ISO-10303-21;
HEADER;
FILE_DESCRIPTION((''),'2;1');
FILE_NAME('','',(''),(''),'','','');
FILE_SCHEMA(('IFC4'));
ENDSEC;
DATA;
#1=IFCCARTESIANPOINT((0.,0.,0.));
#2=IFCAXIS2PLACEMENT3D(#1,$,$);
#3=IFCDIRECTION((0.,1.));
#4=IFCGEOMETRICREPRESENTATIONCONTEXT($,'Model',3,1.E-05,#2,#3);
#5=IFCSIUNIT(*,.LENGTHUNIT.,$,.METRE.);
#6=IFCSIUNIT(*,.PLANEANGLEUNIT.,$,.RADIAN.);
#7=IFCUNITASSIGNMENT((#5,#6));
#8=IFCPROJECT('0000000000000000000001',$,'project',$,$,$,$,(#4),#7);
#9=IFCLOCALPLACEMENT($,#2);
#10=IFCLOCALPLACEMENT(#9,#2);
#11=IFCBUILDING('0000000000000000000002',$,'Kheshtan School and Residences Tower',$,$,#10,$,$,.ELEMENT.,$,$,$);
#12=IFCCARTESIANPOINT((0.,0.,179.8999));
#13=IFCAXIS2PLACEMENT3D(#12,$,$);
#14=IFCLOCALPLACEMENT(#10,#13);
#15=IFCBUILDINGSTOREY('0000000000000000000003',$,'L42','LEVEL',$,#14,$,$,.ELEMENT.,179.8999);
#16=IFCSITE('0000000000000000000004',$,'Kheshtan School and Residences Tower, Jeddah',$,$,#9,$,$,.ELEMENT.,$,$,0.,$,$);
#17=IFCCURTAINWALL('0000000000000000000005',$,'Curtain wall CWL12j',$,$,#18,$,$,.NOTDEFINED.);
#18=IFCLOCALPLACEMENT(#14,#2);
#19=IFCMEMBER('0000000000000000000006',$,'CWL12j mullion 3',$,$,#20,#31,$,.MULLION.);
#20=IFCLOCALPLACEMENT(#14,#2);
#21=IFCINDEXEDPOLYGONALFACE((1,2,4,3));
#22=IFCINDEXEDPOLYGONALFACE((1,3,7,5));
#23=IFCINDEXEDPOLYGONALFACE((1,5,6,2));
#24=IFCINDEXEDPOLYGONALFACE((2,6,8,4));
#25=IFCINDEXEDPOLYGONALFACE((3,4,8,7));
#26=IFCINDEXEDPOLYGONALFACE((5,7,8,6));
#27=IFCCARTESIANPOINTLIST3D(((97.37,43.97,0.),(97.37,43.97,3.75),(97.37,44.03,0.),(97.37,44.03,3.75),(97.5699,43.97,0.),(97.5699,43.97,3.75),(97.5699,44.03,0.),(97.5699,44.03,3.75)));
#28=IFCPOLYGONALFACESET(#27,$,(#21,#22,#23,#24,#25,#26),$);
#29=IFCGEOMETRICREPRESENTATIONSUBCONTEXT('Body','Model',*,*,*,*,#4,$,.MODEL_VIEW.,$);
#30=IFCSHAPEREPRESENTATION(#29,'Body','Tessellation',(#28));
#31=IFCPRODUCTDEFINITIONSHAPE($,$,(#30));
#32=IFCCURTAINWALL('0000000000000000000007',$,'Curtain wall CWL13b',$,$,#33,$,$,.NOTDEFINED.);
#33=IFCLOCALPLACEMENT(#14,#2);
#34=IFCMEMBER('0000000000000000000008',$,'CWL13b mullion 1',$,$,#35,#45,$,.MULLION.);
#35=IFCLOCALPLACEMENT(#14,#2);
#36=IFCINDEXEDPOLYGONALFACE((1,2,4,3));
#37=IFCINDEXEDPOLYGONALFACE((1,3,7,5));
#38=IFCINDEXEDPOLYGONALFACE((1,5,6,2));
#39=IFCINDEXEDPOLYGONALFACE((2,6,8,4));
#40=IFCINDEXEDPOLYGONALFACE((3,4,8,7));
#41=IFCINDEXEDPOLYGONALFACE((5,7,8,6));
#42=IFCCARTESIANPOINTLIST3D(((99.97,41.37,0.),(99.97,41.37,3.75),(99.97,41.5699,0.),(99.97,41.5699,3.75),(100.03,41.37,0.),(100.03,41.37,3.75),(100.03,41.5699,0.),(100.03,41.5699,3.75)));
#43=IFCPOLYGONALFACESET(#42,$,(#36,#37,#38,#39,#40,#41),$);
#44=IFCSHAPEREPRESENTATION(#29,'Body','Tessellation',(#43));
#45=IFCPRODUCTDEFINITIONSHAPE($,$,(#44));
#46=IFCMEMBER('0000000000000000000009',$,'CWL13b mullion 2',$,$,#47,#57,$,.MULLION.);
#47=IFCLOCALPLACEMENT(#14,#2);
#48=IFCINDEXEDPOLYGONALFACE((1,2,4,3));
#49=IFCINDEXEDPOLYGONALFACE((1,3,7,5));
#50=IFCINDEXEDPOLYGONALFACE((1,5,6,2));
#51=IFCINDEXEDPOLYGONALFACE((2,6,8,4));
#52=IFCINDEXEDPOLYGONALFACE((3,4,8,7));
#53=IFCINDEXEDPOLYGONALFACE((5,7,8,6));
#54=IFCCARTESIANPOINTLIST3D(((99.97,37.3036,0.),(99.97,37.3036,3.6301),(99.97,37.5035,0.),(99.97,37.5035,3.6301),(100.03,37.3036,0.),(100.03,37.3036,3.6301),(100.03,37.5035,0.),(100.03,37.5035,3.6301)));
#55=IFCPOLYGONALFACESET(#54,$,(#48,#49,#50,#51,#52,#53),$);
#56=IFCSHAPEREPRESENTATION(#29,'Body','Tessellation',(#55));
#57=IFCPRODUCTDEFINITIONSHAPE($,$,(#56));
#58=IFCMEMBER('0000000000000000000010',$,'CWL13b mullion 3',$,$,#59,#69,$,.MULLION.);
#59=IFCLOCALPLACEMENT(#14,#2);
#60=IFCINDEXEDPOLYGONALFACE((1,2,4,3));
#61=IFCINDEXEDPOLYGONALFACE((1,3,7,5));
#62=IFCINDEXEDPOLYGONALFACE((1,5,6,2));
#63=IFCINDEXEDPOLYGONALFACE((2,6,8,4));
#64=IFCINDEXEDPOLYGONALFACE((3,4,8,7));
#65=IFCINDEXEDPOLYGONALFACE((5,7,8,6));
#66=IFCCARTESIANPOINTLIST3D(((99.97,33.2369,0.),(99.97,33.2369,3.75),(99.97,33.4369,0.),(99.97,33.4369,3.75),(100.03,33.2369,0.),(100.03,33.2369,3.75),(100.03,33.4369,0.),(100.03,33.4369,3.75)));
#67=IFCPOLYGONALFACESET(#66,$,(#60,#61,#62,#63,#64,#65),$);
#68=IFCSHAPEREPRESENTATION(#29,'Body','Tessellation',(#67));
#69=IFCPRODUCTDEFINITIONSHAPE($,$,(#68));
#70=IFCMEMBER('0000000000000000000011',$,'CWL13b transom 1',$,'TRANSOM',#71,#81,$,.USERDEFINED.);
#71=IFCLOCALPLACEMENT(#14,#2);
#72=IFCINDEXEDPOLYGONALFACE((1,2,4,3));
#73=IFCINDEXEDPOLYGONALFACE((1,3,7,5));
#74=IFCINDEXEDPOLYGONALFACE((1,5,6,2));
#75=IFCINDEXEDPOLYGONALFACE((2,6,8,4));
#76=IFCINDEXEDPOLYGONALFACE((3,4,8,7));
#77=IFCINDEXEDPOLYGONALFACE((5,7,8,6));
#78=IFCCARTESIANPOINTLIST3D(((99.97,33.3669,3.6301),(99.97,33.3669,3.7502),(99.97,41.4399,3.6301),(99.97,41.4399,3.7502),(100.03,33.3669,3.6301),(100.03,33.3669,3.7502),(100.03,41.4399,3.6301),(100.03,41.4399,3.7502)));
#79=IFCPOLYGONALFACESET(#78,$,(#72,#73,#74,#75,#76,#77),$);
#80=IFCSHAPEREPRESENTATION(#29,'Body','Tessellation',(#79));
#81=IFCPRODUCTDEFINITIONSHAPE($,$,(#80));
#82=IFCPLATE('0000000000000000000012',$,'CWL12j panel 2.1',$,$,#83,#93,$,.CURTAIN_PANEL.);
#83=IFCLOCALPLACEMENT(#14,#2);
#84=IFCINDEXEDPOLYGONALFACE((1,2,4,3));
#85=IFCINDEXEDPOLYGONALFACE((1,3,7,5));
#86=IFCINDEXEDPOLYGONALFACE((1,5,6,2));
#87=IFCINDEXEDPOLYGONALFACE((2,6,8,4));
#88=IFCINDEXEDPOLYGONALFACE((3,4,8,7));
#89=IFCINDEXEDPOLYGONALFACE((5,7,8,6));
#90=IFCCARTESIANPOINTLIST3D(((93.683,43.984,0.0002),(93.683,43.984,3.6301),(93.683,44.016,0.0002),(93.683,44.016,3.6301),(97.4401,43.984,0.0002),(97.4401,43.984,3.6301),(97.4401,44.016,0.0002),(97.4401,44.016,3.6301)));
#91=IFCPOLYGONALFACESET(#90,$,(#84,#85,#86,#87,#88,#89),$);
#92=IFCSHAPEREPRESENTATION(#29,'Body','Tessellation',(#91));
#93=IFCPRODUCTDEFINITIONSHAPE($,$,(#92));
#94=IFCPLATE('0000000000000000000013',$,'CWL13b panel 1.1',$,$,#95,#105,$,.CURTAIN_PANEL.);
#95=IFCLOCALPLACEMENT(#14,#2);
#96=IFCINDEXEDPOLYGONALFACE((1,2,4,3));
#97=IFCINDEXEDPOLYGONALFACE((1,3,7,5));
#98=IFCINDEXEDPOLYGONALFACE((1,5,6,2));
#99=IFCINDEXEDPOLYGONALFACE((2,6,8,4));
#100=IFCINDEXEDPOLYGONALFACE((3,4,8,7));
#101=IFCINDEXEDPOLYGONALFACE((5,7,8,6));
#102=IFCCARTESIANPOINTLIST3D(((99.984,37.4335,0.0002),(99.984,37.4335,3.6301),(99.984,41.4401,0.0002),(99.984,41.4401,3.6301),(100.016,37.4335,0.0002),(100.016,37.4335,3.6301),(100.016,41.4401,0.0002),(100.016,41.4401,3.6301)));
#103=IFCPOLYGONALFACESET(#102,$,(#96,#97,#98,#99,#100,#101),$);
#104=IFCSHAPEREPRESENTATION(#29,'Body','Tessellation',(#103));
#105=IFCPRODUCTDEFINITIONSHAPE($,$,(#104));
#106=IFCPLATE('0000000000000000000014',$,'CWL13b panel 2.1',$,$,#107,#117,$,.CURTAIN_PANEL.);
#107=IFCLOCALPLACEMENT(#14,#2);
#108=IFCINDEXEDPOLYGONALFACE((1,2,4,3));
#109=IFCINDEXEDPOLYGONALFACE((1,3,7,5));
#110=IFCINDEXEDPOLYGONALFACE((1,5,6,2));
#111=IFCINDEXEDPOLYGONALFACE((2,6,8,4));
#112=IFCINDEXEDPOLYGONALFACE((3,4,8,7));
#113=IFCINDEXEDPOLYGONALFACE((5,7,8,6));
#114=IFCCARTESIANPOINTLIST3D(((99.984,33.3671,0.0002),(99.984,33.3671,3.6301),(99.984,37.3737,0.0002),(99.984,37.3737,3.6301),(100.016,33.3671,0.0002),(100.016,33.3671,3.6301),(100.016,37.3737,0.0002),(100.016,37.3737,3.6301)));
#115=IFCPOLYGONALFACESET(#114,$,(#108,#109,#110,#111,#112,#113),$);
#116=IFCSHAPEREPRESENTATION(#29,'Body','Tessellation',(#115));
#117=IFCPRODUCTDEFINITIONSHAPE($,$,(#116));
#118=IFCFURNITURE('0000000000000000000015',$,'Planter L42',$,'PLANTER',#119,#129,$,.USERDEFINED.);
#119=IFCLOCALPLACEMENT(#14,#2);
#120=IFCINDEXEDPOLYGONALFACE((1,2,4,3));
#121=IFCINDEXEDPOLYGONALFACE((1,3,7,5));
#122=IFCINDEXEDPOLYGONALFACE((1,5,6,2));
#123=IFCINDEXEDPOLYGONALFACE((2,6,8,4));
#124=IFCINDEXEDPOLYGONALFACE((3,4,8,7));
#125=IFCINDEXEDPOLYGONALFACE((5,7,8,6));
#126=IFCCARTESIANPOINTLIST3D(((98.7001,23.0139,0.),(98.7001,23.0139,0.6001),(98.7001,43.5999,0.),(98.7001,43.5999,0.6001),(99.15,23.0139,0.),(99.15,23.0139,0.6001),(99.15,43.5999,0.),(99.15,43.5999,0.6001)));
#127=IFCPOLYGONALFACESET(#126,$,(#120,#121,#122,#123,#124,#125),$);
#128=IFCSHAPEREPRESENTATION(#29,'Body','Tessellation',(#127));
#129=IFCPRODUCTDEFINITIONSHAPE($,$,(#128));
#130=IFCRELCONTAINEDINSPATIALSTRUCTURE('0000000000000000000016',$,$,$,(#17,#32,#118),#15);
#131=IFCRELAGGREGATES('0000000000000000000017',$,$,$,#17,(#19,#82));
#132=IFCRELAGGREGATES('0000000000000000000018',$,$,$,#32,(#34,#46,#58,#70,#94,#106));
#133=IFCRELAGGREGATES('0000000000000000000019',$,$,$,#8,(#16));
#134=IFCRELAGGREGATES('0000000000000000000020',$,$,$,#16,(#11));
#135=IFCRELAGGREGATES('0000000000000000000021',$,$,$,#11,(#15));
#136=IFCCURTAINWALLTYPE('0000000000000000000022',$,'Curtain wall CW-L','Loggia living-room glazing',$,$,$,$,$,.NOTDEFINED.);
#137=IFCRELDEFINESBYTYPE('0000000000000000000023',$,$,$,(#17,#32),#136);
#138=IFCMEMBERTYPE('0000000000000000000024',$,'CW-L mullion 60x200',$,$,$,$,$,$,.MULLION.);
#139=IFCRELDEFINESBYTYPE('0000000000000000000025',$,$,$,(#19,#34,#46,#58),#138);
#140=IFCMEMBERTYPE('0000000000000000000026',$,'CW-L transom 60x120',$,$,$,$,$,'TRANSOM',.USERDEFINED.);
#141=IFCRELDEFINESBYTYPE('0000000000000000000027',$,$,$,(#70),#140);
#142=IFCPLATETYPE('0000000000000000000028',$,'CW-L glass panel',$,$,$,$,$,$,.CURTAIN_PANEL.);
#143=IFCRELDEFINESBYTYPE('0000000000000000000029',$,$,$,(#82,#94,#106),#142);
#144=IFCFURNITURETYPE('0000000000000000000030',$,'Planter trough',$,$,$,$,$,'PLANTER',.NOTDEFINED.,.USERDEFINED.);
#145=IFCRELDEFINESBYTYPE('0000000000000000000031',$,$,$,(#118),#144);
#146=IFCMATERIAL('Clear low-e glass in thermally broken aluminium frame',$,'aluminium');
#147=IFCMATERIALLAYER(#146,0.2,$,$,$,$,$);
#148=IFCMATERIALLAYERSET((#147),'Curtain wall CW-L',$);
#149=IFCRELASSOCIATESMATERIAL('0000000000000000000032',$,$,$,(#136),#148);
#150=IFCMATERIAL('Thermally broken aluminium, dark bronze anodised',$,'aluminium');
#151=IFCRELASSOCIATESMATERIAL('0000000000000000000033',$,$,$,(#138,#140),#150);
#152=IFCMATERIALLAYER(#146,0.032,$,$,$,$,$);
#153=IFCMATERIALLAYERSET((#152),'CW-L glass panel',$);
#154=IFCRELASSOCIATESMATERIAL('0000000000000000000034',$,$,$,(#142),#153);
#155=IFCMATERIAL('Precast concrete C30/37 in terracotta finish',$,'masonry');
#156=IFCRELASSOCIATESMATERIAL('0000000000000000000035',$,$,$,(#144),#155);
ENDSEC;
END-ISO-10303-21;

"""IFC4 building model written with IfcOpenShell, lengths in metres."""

from ifc_helpers import new_model, si_unit, direction, frame, origin, origin_2d, place, context, subcontext, project, spatial, rectangle, extrude, material, layer, layer_set, material_profile, profile_set, type_object, element, aggregate, save


model = new_model("IFC4")

# Units and contexts
model_context = context("Model", 3, precision=1e-05, world=origin(), true_north=direction((0.0, 1.0)))
body_context = subcontext(model_context, "Body", "Model", "MODEL_VIEW")
ifc_project = project(units=[si_unit("LENGTHUNIT", "METRE"), si_unit("PLANEANGLEUNIT", "RADIAN")], contexts=[model_context])

# Site, building, storey
site_placement = place(None, origin())
site = spatial("IfcSite", under=ifc_project, at=site_placement, Name="Kheshtan School and Residences Tower, Jeddah", CompositionType="ELEMENT", RefElevation=0.0)
building_placement = place(site_placement, origin())
building = spatial("IfcBuilding", under=site, at=building_placement, Name="Kheshtan School and Residences Tower", CompositionType="ELEMENT")
storey_placement = place(building_placement, frame((0.0, 0.0, 179.8999)))
storey = spatial("IfcBuildingStorey", under=building, at=storey_placement, Name="L42", Description="LEVEL", CompositionType="ELEMENT", Elevation=179.8999)

# Curtain wall, member
ifc_material_1 = material(Name="Clear low-e glass in thermally broken aluminium frame", Category="aluminium")
ifc_layer_1 = layer(ifc_material_1, 0.2)
ifc_layer_set_1 = layer_set([ifc_layer_1], Name="Curtain wall CW-L")
curtain_wall_type = type_object("IfcCurtainWallType", Name="Curtain wall CW-L", Description="Loggia living-room glazing", PredefinedType="NOTDEFINED", material=ifc_layer_set_1)
curtain_wall_1_placement = place(storey_placement, origin())
curtain_wall_1 = element("IfcCurtainWall", 1, at=curtain_wall_1_placement, inside=storey, type_object=curtain_wall_type, Name="Curtain wall CWL12j", PredefinedType="NOTDEFINED")
ifc_material_2 = material(Name="Thermally broken aluminium, dark bronze anodised", Category="aluminium")
ifc_material_profile_1 = material_profile(ifc_material_2, rectangle(XDim=0.0601, YDim=0.2, at=origin_2d()), Name="CW-L mullion 60x200")
ifc_profile_set_1 = profile_set([ifc_material_profile_1], Name="Thermally broken aluminium, dark bronze anodised")
member_type_1 = type_object("IfcMemberType", Name="CW-L mullion 60x200", PredefinedType="MULLION", material=ifc_profile_set_1)
member_1_placement = place(storey_placement, frame((97.47, 44.0, 0.0), z_axis=(0.0, 0.0, 1.0), x_axis=(0.0, 1.0, 0.0)))
member_1 = element("IfcMember", 2, at=member_1_placement, type_object=member_type_1, Name="CWL12j mullion 3", PredefinedType="MULLION", context=body_context, shape_type="SweptSolid", body=[
    extrude(rectangle(XDim=0.0601, YDim=0.2, at=origin_2d()), origin(), (0.0, 0.0, 1.0), 3.75),
])

# Curtain wall, members
curtain_wall_2_placement = place(storey_placement, origin())
curtain_wall_2 = element("IfcCurtainWall", 3, at=curtain_wall_2_placement, inside=storey, type_object=curtain_wall_type, Name="Curtain wall CWL13b", PredefinedType="NOTDEFINED")
member_2_placement = place(storey_placement, frame((100.0, 41.47, 0.0), z_axis=(0.0, 0.0, 1.0), x_axis=(1.0, 0.0, 0.0)))
member_2 = element("IfcMember", 4, at=member_2_placement, type_object=member_type_1, Name="CWL13b mullion 1", PredefinedType="MULLION", context=body_context, shape_type="SweptSolid", body=[
    extrude(rectangle(XDim=0.0601, YDim=0.2, at=origin_2d()), origin(), (0.0, 0.0, 1.0), 3.75),
])
member_3_placement = place(storey_placement, frame((100.0, 37.4036, 0.0), z_axis=(0.0, 0.0, 1.0), x_axis=(1.0, 0.0, 0.0)))
member_3 = element("IfcMember", 5, at=member_3_placement, type_object=member_type_1, Name="CWL13b mullion 2", PredefinedType="MULLION", context=body_context, shape_type="SweptSolid", body=[
    extrude(rectangle(XDim=0.0601, YDim=0.2, at=origin_2d()), origin(), (0.0, 0.0, 1.0), 3.6301),
])
member_4_placement = place(storey_placement, frame((100.0, 33.3369, 0.0), z_axis=(0.0, 0.0, 1.0), x_axis=(1.0, 0.0, 0.0)))
member_4 = element("IfcMember", 6, at=member_4_placement, type_object=member_type_1, Name="CWL13b mullion 3", PredefinedType="MULLION", context=body_context, shape_type="SweptSolid", body=[
    extrude(rectangle(XDim=0.0601, YDim=0.2, at=origin_2d()), origin(), (0.0, 0.0, 1.0), 3.75),
])
ifc_material_profile_2 = material_profile(ifc_material_2, rectangle(XDim=0.0601, YDim=0.1201, at=origin_2d()), Name="CW-L transom 60x120")
ifc_profile_set_2 = profile_set([ifc_material_profile_2], Name="Thermally broken aluminium, dark bronze anodised")
member_type_2 = type_object("IfcMemberType", Name="CW-L transom 60x120", ElementType="TRANSOM", PredefinedType="USERDEFINED", material=ifc_profile_set_2)
member_5_placement = place(storey_placement, frame((100.0, 41.4399, 3.6902), z_axis=(0.0, -1.0, 0.0), x_axis=(1.0, 0.0, 0.0)))
member_5 = element("IfcMember", 7, at=member_5_placement, type_object=member_type_2, Name="CWL13b transom 1", ObjectType="TRANSOM", PredefinedType="USERDEFINED", context=body_context, shape_type="SweptSolid", body=[
    extrude(rectangle(XDim=0.0601, YDim=0.1201, at=origin_2d()), origin(), (0.0, 0.0, 1.0), 8.073),
])

# Plates
ifc_layer_2 = layer(ifc_material_1, 0.032)
ifc_layer_set_2 = layer_set([ifc_layer_2], Name="CW-L glass panel")
plate_type = type_object("IfcPlateType", Name="CW-L glass panel", PredefinedType="CURTAIN_PANEL", material=ifc_layer_set_2)
plate_1_placement = place(storey_placement, frame((95.5615, 44.0, 0.0002), z_axis=(0.0, 0.0, 1.0), x_axis=(1.0, 0.0, 0.0)))
plate_1 = element("IfcPlate", 8, at=plate_1_placement, type_object=plate_type, Name="CWL12j panel 2.1", PredefinedType="CURTAIN_PANEL", context=body_context, shape_type="SweptSolid", body=[
    extrude(rectangle(XDim=3.7571, YDim=0.032, at=origin_2d()), origin(), (0.0, 0.0, 1.0), 3.6299),
])
aggregate(curtain_wall_1, [member_1, plate_1])
plate_2_placement = place(storey_placement, frame((100.0, 39.4368, 0.0002), z_axis=(0.0, 0.0, 1.0), x_axis=(0.0, -1.0, 0.0)))
plate_2 = element("IfcPlate", 9, at=plate_2_placement, type_object=plate_type, Name="CWL13b panel 1.1", PredefinedType="CURTAIN_PANEL", context=body_context, shape_type="SweptSolid", body=[
    extrude(rectangle(XDim=4.0066, YDim=0.032, at=origin_2d()), origin(), (0.0, 0.0, 1.0), 3.6299),
])
plate_3_placement = place(storey_placement, frame((100.0, 35.3704, 0.0002), z_axis=(0.0, 0.0, 1.0), x_axis=(0.0, -1.0, 0.0)))
plate_3 = element("IfcPlate", 10, at=plate_3_placement, type_object=plate_type, Name="CWL13b panel 2.1", PredefinedType="CURTAIN_PANEL", context=body_context, shape_type="SweptSolid", body=[
    extrude(rectangle(XDim=4.0066, YDim=0.032, at=origin_2d()), origin(), (0.0, 0.0, 1.0), 3.6299),
])
aggregate(curtain_wall_2, [member_2, member_3, member_4, member_5, plate_2, plate_3])

# Furniture
ifc_material_3 = material(Name="Precast concrete C30/37 in terracotta finish", Category="masonry")
furniture_type = type_object("IfcFurnitureType", Name="Planter trough", ElementType="PLANTER", AssemblyPlace="NOTDEFINED", PredefinedType="USERDEFINED", material=ifc_material_3)
furniture_placement = place(storey_placement, frame((98.925, 33.3069, 0.0), z_axis=(0.0, 0.0, 1.0), x_axis=(0.0, -1.0, 0.0)))
element("IfcFurniture", 11, at=furniture_placement, inside=storey, type_object=furniture_type, Name="Planter L42", ObjectType="PLANTER", PredefinedType="USERDEFINED", context=body_context, shape_type="SweptSolid", body=[
    extrude(rectangle(XDim=20.5859, YDim=0.45, at=origin_2d()), origin(), (0.0, 0.0, 1.0), 0.6001),
])

save(model, "model.ifc")
